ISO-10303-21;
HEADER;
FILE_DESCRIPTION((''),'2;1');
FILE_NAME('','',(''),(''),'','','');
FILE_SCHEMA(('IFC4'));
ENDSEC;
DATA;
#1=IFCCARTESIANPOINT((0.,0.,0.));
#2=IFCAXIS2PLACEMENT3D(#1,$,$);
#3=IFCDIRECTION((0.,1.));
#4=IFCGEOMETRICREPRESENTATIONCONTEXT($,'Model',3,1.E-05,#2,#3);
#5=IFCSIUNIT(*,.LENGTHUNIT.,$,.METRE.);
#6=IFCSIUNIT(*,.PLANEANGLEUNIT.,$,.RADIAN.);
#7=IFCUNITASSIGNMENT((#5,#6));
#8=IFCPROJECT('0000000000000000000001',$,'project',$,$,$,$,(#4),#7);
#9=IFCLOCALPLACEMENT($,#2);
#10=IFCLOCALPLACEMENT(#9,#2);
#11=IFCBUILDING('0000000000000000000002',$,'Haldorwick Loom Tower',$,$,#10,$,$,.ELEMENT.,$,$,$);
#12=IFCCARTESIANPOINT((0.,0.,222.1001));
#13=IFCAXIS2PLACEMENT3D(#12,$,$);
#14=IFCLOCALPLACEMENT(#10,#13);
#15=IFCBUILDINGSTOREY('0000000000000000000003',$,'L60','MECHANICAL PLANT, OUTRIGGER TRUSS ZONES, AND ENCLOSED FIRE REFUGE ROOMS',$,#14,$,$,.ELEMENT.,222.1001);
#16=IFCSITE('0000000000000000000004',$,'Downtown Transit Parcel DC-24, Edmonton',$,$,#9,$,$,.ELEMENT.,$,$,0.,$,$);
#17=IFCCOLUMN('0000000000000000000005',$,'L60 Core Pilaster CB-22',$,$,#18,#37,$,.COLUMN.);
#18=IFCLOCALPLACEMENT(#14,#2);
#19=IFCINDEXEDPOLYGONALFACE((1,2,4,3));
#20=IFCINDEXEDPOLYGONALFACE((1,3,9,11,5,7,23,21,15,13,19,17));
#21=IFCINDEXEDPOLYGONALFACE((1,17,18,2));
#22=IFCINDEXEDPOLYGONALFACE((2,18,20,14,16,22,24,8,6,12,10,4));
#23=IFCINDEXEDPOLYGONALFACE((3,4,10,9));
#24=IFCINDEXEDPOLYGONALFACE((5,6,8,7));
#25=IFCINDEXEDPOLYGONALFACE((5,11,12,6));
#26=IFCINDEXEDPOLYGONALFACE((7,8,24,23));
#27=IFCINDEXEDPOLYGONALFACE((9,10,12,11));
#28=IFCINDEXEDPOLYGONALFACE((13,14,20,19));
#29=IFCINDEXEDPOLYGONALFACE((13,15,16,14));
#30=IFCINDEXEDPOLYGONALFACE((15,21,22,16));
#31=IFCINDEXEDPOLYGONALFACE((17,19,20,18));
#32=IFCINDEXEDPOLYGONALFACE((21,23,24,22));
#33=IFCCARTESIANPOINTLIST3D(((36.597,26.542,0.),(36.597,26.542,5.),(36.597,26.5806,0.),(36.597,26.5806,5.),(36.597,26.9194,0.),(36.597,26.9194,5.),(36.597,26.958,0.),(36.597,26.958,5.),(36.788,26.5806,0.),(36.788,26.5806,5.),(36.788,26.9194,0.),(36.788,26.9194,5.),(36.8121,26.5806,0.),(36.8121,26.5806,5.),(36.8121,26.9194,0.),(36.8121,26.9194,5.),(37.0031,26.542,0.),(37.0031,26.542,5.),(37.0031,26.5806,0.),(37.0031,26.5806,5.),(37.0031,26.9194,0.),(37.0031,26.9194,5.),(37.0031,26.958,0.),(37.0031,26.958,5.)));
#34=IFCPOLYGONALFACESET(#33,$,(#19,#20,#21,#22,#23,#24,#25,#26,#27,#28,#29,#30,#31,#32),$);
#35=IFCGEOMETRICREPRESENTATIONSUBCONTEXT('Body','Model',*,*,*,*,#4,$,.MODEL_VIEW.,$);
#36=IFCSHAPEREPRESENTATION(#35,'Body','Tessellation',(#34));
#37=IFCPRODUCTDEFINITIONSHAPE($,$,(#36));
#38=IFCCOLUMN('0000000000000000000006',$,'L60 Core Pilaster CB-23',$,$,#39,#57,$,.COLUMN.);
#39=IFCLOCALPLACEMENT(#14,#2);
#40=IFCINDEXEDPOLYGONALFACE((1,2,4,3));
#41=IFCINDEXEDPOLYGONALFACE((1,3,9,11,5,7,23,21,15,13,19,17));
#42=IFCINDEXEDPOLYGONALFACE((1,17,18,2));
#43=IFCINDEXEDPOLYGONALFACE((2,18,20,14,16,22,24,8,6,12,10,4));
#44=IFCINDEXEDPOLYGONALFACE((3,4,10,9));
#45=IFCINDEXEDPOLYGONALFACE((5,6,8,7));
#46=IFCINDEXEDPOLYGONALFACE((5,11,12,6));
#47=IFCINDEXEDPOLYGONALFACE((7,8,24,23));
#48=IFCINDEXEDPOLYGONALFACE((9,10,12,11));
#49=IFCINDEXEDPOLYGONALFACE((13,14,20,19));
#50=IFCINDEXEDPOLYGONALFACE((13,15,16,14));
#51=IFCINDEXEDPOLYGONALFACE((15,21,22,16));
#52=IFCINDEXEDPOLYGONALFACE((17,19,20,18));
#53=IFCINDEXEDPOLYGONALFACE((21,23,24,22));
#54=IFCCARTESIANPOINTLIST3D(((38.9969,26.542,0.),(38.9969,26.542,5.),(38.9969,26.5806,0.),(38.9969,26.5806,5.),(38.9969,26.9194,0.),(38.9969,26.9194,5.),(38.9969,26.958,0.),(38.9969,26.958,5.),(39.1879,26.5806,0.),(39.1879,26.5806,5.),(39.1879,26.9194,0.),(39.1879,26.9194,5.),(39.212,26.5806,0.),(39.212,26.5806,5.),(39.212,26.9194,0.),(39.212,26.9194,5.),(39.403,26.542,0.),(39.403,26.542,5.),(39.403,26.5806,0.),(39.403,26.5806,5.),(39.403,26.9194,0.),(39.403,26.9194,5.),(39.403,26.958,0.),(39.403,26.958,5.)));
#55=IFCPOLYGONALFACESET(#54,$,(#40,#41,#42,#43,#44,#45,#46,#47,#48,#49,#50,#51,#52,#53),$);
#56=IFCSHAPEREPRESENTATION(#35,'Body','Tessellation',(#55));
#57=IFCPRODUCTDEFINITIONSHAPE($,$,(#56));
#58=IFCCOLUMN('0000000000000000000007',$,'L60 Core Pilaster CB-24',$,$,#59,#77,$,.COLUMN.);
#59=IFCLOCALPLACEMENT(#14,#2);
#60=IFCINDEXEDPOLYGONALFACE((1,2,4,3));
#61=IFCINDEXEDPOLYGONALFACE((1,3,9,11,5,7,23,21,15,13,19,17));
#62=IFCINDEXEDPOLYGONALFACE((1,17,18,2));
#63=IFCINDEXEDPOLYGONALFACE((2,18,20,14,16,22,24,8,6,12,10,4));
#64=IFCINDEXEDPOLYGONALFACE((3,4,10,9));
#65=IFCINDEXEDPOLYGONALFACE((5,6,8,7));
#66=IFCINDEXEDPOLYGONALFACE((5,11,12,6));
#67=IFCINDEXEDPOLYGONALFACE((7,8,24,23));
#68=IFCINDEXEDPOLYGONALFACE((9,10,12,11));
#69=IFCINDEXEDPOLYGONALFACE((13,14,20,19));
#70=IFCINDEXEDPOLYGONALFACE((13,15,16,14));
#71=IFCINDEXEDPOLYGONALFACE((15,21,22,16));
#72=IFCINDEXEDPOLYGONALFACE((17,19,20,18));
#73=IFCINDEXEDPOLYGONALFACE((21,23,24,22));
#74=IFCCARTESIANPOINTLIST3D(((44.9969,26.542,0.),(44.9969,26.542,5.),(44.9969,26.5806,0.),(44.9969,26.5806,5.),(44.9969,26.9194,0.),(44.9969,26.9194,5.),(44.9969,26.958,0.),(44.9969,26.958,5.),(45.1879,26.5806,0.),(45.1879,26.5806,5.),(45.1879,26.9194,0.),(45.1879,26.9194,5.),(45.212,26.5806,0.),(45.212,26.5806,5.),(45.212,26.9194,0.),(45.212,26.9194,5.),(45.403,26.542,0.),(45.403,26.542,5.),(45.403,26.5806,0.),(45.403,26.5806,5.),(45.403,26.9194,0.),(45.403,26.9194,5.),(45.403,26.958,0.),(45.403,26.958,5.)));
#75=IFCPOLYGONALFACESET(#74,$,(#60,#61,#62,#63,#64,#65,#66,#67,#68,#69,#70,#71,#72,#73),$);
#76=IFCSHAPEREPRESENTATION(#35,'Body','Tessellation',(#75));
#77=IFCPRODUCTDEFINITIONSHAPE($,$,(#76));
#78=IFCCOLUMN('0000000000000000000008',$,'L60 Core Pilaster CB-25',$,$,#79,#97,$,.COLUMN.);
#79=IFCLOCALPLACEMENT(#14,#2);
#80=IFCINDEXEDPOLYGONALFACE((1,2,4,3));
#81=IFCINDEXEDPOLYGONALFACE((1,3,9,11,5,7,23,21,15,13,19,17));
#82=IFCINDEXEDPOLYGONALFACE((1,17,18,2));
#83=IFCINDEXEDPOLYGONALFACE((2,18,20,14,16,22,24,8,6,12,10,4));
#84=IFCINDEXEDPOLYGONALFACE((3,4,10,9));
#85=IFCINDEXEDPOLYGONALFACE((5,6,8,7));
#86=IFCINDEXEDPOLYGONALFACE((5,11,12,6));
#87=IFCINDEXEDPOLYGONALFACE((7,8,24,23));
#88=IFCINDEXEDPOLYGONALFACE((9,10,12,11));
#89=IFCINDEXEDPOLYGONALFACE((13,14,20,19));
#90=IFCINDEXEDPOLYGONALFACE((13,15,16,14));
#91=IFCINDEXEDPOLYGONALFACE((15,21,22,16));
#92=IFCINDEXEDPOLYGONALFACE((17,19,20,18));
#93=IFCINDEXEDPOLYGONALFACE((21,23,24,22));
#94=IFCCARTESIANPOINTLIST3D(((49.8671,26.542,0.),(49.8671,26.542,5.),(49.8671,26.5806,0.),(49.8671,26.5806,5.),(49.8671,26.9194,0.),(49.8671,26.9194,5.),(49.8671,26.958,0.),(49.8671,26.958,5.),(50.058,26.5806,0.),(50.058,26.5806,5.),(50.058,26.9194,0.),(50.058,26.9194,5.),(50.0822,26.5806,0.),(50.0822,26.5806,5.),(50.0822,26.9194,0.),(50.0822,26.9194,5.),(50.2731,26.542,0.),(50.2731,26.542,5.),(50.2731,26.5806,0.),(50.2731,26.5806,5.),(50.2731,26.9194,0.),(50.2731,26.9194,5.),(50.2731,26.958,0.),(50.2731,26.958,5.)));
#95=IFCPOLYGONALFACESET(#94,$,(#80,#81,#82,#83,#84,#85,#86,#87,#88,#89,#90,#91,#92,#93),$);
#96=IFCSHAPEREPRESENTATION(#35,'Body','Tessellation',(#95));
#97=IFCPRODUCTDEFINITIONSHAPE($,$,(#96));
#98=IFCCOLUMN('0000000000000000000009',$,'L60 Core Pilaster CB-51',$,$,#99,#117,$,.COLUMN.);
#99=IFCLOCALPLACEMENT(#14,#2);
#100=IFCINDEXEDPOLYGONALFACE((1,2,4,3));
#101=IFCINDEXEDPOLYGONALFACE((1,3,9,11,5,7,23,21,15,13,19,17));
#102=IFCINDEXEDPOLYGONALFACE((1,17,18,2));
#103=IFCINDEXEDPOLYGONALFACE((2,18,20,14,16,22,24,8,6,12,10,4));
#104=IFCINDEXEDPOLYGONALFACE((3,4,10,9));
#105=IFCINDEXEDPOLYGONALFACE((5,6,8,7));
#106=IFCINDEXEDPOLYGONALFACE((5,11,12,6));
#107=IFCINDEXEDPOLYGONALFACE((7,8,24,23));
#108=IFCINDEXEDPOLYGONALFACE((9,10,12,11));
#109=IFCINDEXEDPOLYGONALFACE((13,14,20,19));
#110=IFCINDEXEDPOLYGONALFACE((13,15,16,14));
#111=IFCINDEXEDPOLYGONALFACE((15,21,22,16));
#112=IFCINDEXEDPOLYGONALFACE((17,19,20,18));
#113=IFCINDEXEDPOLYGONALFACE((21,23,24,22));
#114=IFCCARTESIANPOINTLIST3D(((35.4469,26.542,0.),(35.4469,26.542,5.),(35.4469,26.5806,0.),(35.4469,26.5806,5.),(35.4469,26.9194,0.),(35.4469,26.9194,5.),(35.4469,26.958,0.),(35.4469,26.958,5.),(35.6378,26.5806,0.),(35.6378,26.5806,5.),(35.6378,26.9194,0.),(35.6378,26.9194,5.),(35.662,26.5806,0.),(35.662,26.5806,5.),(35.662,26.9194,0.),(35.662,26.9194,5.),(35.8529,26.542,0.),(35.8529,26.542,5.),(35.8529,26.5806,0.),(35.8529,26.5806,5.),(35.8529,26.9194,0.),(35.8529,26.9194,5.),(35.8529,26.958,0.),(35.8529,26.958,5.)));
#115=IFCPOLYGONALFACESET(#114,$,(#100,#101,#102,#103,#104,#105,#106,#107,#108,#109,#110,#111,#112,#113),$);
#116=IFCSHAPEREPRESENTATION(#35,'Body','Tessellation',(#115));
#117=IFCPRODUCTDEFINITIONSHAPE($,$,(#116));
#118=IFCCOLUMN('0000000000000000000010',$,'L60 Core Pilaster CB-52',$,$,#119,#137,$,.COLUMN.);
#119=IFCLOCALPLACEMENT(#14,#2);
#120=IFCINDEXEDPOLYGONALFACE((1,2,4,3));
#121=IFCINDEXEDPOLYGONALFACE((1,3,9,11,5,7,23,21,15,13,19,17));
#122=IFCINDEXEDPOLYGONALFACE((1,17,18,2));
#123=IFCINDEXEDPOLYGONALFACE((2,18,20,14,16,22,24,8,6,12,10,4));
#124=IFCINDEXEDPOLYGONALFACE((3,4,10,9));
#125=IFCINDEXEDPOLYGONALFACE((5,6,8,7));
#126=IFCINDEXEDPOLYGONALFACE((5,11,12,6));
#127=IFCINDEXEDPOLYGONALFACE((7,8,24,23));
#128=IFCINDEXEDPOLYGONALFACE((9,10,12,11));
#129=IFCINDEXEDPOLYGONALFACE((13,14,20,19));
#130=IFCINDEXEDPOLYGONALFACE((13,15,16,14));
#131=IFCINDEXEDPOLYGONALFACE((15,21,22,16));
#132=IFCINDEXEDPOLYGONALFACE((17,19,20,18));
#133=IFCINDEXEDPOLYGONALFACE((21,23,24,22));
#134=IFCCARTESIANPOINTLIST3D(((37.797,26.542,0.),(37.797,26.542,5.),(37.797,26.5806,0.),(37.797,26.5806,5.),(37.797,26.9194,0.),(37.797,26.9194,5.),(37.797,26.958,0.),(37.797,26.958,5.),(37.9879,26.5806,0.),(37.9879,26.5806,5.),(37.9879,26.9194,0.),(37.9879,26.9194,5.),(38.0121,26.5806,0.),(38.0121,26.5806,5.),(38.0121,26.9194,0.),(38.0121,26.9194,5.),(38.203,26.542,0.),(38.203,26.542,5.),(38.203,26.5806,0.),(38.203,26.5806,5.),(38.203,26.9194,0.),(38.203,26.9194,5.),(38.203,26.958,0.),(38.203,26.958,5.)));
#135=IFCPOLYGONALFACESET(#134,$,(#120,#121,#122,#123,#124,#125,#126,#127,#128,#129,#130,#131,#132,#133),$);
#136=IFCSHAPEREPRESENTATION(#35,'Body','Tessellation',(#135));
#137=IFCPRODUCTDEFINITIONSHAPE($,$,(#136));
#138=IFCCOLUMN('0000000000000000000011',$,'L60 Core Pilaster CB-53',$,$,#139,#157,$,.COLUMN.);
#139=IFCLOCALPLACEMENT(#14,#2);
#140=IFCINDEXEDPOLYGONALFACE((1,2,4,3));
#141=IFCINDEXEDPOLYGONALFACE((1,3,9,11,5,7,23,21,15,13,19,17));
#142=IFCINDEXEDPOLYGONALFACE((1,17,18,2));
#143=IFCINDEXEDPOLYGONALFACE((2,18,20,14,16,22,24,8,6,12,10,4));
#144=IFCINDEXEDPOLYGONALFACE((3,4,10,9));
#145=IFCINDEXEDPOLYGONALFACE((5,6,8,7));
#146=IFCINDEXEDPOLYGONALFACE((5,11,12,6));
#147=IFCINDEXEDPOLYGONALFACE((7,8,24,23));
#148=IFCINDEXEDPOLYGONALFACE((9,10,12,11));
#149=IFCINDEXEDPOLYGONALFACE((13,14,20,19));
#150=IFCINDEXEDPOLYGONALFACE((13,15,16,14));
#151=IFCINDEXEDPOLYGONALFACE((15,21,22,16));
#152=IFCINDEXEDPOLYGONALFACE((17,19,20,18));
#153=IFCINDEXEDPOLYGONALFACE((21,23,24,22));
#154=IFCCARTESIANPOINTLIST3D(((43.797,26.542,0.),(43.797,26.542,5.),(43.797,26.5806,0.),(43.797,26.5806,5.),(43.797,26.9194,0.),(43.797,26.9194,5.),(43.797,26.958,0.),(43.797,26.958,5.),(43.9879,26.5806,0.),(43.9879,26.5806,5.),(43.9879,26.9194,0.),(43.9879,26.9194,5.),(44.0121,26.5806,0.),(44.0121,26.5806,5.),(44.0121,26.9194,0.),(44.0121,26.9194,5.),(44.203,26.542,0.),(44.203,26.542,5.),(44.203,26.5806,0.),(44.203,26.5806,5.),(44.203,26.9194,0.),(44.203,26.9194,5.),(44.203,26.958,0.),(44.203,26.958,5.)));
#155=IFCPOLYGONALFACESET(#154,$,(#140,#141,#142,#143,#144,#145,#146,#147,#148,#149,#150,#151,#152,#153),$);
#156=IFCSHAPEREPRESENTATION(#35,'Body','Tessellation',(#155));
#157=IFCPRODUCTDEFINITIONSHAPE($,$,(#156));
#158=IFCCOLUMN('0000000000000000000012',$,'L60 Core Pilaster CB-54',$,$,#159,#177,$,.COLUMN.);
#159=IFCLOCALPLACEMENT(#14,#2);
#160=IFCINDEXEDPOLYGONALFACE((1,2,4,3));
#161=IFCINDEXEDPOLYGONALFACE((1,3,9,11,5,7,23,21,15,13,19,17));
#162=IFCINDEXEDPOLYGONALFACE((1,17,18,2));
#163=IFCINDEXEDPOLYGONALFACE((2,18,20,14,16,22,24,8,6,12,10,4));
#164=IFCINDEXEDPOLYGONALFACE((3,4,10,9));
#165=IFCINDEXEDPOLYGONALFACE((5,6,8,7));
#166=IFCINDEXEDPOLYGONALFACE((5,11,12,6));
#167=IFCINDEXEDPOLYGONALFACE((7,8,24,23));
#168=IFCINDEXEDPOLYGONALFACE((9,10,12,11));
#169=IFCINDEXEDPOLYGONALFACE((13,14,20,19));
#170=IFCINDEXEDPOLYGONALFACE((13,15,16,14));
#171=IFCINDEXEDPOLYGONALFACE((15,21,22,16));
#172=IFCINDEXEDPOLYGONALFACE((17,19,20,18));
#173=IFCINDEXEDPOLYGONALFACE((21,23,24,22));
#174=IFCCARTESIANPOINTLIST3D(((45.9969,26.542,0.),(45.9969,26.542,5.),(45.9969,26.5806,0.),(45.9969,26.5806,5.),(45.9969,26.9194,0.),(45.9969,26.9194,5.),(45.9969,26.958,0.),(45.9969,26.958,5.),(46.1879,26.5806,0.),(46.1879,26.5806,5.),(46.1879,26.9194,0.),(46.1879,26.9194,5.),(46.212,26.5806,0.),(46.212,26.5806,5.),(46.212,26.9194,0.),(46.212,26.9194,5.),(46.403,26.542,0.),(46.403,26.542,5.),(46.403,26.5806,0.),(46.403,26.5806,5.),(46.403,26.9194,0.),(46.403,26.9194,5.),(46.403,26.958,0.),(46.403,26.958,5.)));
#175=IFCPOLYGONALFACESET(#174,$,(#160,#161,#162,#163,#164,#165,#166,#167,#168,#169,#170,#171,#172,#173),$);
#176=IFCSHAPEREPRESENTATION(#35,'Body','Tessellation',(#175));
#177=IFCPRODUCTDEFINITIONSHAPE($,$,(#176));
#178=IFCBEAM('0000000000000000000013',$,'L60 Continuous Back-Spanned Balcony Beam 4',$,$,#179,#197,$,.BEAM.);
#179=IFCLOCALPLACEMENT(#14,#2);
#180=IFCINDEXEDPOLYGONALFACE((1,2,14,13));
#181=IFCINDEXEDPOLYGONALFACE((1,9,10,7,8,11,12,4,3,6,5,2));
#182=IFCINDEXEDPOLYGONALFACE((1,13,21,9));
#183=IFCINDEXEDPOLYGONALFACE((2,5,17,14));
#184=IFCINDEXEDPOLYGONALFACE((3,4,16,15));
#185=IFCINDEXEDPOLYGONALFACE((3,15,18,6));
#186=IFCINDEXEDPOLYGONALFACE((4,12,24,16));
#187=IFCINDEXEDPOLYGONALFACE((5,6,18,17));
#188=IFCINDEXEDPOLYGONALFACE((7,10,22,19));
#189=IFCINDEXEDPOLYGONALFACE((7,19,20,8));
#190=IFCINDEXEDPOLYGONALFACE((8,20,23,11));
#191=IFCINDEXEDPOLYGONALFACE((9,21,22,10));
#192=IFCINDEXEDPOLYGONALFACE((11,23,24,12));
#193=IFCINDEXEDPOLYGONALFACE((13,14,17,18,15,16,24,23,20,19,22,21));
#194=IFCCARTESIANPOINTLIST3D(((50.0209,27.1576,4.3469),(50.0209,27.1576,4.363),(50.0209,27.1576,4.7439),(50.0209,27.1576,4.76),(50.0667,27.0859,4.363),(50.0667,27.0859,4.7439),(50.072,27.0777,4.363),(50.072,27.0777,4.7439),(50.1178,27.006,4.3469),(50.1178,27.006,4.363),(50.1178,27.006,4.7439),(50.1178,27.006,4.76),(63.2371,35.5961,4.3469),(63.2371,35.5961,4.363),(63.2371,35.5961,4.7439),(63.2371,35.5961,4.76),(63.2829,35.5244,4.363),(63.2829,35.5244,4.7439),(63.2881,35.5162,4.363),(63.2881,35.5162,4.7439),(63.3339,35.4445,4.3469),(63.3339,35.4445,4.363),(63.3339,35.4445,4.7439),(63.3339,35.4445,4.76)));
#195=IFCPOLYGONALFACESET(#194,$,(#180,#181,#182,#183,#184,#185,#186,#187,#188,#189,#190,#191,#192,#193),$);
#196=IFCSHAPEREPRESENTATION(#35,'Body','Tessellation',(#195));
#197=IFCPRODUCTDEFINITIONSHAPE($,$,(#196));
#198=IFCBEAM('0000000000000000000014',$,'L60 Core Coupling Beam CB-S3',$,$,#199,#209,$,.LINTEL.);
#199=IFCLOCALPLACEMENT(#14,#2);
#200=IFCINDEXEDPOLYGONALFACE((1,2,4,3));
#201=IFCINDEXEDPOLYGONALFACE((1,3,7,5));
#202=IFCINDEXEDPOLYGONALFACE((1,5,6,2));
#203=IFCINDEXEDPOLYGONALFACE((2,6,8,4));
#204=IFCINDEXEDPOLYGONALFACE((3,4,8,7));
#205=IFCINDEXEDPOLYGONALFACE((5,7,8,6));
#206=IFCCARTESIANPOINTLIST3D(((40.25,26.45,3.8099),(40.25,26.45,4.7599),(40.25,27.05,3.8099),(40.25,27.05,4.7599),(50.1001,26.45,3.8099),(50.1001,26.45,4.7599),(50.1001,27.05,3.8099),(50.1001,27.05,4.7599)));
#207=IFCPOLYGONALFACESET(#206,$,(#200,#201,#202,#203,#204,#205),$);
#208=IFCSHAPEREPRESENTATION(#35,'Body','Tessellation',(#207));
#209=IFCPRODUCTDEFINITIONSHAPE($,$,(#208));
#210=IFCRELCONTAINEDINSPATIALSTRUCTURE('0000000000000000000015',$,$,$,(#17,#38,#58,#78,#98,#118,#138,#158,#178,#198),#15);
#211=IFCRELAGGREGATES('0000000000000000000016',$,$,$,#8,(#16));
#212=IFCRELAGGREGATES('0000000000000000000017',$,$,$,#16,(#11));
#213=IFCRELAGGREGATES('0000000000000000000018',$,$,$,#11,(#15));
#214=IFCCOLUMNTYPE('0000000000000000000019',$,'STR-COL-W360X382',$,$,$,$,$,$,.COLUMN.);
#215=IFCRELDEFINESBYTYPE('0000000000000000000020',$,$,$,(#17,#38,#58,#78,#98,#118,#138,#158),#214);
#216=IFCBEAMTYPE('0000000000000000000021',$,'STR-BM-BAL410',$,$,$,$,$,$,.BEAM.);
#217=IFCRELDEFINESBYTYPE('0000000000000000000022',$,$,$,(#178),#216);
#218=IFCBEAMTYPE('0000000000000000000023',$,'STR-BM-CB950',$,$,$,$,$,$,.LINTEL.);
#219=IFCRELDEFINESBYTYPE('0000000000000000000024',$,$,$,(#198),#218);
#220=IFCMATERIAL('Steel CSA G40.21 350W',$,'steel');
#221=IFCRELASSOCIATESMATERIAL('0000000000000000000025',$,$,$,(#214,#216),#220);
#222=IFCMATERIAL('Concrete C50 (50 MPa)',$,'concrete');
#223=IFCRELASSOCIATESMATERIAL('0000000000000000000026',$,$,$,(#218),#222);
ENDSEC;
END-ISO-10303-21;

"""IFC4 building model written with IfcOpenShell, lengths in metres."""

from ifc_helpers import new_model, si_unit, direction, frame, origin, origin_2d, place, context, subcontext, project, spatial, rectangle, i_section, extrude, material, material_profile, profile_set, type_object, element, save


model = new_model("IFC4")

# Units and contexts
model_context = context("Model", 3, precision=1e-05, world=origin(), true_north=direction((0.0, 1.0)))
body_context = subcontext(model_context, "Body", "Model", "MODEL_VIEW")
ifc_project = project(units=[si_unit("LENGTHUNIT", "METRE"), si_unit("PLANEANGLEUNIT", "RADIAN")], contexts=[model_context])

# Site, building, storey
site_placement = place(None, origin())
site = spatial("IfcSite", under=ifc_project, at=site_placement, Name="Downtown Transit Parcel DC-24, Edmonton", CompositionType="ELEMENT", RefElevation=0.0)
building_placement = place(site_placement, origin())
building = spatial("IfcBuilding", under=site, at=building_placement, Name="Haldorwick Loom Tower", CompositionType="ELEMENT")
storey_placement = place(building_placement, frame((0.0, 0.0, 222.1001)))
storey = spatial("IfcBuildingStorey", under=building, at=storey_placement, Name="L60", Description="MECHANICAL PLANT, OUTRIGGER TRUSS ZONES, AND ENCLOSED FIRE REFUGE ROOMS", CompositionType="ELEMENT", Elevation=222.1001)

# Columns
ifc_material_1 = material(Name="Steel CSA G40.21 350W", Category="steel")
ifc_material_profile_1 = material_profile(ifc_material_1, i_section(OverallWidth=0.406, OverallDepth=0.416, WebThickness=0.0242, FlangeThickness=0.0386, at=origin_2d()), Name="W360X382", Category="steel")
ifc_profile_set_1 = profile_set([ifc_material_profile_1], Name="Steel CSA G40.21 350W")
column_type = type_object("IfcColumnType", Name="STR-COL-W360X382", PredefinedType="COLUMN", material=ifc_profile_set_1)
for number, where, z_axis, x_axis, name in (
    (1, (36.8, 26.75, 0.0), (0.0, 0.0, 1.0), (1.0, 0.0, 0.0), "L60 Core Pilaster CB-22"),
    (2, (39.2, 26.75, 0.0), (0.0, 0.0, 1.0), (1.0, 0.0, 0.0), "L60 Core Pilaster CB-23"),
    (3, (45.2, 26.75, 0.0), (0.0, 0.0, 1.0), (1.0, 0.0, 0.0), "L60 Core Pilaster CB-24"),
    (4, (50.0701, 26.75, 0.0), (0.0, 0.0, 1.0), (1.0, 0.0, 0.0), "L60 Core Pilaster CB-25"),
    (5, (35.6499, 26.75, 0.0), (0.0, 0.0, 1.0), (1.0, 0.0, 0.0), "L60 Core Pilaster CB-51"),
    (6, (38.0, 26.75, 0.0), (0.0, 0.0, 1.0), (1.0, 0.0, 0.0), "L60 Core Pilaster CB-52"),
    (7, (44.0, 26.75, 0.0), (0.0, 0.0, 1.0), (1.0, 0.0, 0.0), "L60 Core Pilaster CB-53"),
    (8, (46.2, 26.75, 0.0), (0.0, 0.0, 1.0), (1.0, 0.0, 0.0), "L60 Core Pilaster CB-54"),
):
    element("IfcColumn", number, at=place(storey_placement, frame(where, z_axis=z_axis, x_axis=x_axis)), inside=storey, type_object=column_type, Name=name, PredefinedType="COLUMN", context=body_context, shape_type="SweptSolid", body=[
        extrude(i_section(OverallWidth=0.406, OverallDepth=0.416, WebThickness=0.0242, FlangeThickness=0.0386, at=origin_2d()), origin(), (0.0, 0.0, 1.0), 5.0),
    ])

# Beams
ifc_material_profile_2 = material_profile(ifc_material_1, i_section(OverallWidth=0.1799, OverallDepth=0.4131, WebThickness=0.0098, FlangeThickness=0.0161, at=origin_2d()), Name="W410X74", Category="steel")
ifc_profile_set_2 = profile_set([ifc_material_profile_2], Name="Steel CSA G40.21 350W")
beam_type_1 = type_object("IfcBeamType", Name="STR-BM-BAL410", PredefinedType="BEAM", material=ifc_profile_set_2)
beam_1_placement = place(storey_placement, frame((50.0693, 27.0818, 4.5535), z_axis=(0.842844, 0.538157, 0.0), x_axis=(-0.538157, 0.842844, 0.0)))
element("IfcBeam", 9, at=beam_1_placement, inside=storey, type_object=beam_type_1, Name="L60 Continuous Back-Spanned Balcony Beam 4", PredefinedType="BEAM", context=body_context, shape_type="SweptSolid", body=[
    extrude(i_section(OverallWidth=0.1799, OverallDepth=0.4131, WebThickness=0.0098, FlangeThickness=0.0161, at=origin_2d()), origin(), (0.0, 0.0, 1.0), 15.6804),
])
ifc_material_2 = material(Name="Concrete C50 (50 MPa)", Category="concrete")
ifc_material_profile_3 = material_profile(ifc_material_2, rectangle(XDim=0.6001, YDim=0.95, at=origin_2d()), Name="RC600X950", Category="concrete")
ifc_profile_set_3 = profile_set([ifc_material_profile_3], Name="Concrete C50 (50 MPa)")
beam_type_2 = type_object("IfcBeamType", Name="STR-BM-CB950", PredefinedType="LINTEL", material=ifc_profile_set_3)
beam_2_placement = place(storey_placement, frame((40.25, 26.75, 4.2849), z_axis=(1.0, 0.0, 0.0), x_axis=(0.0, 1.0, 0.0)))
element("IfcBeam", 10, at=beam_2_placement, inside=storey, type_object=beam_type_2, Name="L60 Core Coupling Beam CB-S3", PredefinedType="LINTEL", context=body_context, shape_type="SweptSolid", body=[
    extrude(rectangle(XDim=0.6001, YDim=0.95, at=origin_2d()), origin(), (0.0, 0.0, 1.0), 9.8501),
])

save(model, "model.ifc")
